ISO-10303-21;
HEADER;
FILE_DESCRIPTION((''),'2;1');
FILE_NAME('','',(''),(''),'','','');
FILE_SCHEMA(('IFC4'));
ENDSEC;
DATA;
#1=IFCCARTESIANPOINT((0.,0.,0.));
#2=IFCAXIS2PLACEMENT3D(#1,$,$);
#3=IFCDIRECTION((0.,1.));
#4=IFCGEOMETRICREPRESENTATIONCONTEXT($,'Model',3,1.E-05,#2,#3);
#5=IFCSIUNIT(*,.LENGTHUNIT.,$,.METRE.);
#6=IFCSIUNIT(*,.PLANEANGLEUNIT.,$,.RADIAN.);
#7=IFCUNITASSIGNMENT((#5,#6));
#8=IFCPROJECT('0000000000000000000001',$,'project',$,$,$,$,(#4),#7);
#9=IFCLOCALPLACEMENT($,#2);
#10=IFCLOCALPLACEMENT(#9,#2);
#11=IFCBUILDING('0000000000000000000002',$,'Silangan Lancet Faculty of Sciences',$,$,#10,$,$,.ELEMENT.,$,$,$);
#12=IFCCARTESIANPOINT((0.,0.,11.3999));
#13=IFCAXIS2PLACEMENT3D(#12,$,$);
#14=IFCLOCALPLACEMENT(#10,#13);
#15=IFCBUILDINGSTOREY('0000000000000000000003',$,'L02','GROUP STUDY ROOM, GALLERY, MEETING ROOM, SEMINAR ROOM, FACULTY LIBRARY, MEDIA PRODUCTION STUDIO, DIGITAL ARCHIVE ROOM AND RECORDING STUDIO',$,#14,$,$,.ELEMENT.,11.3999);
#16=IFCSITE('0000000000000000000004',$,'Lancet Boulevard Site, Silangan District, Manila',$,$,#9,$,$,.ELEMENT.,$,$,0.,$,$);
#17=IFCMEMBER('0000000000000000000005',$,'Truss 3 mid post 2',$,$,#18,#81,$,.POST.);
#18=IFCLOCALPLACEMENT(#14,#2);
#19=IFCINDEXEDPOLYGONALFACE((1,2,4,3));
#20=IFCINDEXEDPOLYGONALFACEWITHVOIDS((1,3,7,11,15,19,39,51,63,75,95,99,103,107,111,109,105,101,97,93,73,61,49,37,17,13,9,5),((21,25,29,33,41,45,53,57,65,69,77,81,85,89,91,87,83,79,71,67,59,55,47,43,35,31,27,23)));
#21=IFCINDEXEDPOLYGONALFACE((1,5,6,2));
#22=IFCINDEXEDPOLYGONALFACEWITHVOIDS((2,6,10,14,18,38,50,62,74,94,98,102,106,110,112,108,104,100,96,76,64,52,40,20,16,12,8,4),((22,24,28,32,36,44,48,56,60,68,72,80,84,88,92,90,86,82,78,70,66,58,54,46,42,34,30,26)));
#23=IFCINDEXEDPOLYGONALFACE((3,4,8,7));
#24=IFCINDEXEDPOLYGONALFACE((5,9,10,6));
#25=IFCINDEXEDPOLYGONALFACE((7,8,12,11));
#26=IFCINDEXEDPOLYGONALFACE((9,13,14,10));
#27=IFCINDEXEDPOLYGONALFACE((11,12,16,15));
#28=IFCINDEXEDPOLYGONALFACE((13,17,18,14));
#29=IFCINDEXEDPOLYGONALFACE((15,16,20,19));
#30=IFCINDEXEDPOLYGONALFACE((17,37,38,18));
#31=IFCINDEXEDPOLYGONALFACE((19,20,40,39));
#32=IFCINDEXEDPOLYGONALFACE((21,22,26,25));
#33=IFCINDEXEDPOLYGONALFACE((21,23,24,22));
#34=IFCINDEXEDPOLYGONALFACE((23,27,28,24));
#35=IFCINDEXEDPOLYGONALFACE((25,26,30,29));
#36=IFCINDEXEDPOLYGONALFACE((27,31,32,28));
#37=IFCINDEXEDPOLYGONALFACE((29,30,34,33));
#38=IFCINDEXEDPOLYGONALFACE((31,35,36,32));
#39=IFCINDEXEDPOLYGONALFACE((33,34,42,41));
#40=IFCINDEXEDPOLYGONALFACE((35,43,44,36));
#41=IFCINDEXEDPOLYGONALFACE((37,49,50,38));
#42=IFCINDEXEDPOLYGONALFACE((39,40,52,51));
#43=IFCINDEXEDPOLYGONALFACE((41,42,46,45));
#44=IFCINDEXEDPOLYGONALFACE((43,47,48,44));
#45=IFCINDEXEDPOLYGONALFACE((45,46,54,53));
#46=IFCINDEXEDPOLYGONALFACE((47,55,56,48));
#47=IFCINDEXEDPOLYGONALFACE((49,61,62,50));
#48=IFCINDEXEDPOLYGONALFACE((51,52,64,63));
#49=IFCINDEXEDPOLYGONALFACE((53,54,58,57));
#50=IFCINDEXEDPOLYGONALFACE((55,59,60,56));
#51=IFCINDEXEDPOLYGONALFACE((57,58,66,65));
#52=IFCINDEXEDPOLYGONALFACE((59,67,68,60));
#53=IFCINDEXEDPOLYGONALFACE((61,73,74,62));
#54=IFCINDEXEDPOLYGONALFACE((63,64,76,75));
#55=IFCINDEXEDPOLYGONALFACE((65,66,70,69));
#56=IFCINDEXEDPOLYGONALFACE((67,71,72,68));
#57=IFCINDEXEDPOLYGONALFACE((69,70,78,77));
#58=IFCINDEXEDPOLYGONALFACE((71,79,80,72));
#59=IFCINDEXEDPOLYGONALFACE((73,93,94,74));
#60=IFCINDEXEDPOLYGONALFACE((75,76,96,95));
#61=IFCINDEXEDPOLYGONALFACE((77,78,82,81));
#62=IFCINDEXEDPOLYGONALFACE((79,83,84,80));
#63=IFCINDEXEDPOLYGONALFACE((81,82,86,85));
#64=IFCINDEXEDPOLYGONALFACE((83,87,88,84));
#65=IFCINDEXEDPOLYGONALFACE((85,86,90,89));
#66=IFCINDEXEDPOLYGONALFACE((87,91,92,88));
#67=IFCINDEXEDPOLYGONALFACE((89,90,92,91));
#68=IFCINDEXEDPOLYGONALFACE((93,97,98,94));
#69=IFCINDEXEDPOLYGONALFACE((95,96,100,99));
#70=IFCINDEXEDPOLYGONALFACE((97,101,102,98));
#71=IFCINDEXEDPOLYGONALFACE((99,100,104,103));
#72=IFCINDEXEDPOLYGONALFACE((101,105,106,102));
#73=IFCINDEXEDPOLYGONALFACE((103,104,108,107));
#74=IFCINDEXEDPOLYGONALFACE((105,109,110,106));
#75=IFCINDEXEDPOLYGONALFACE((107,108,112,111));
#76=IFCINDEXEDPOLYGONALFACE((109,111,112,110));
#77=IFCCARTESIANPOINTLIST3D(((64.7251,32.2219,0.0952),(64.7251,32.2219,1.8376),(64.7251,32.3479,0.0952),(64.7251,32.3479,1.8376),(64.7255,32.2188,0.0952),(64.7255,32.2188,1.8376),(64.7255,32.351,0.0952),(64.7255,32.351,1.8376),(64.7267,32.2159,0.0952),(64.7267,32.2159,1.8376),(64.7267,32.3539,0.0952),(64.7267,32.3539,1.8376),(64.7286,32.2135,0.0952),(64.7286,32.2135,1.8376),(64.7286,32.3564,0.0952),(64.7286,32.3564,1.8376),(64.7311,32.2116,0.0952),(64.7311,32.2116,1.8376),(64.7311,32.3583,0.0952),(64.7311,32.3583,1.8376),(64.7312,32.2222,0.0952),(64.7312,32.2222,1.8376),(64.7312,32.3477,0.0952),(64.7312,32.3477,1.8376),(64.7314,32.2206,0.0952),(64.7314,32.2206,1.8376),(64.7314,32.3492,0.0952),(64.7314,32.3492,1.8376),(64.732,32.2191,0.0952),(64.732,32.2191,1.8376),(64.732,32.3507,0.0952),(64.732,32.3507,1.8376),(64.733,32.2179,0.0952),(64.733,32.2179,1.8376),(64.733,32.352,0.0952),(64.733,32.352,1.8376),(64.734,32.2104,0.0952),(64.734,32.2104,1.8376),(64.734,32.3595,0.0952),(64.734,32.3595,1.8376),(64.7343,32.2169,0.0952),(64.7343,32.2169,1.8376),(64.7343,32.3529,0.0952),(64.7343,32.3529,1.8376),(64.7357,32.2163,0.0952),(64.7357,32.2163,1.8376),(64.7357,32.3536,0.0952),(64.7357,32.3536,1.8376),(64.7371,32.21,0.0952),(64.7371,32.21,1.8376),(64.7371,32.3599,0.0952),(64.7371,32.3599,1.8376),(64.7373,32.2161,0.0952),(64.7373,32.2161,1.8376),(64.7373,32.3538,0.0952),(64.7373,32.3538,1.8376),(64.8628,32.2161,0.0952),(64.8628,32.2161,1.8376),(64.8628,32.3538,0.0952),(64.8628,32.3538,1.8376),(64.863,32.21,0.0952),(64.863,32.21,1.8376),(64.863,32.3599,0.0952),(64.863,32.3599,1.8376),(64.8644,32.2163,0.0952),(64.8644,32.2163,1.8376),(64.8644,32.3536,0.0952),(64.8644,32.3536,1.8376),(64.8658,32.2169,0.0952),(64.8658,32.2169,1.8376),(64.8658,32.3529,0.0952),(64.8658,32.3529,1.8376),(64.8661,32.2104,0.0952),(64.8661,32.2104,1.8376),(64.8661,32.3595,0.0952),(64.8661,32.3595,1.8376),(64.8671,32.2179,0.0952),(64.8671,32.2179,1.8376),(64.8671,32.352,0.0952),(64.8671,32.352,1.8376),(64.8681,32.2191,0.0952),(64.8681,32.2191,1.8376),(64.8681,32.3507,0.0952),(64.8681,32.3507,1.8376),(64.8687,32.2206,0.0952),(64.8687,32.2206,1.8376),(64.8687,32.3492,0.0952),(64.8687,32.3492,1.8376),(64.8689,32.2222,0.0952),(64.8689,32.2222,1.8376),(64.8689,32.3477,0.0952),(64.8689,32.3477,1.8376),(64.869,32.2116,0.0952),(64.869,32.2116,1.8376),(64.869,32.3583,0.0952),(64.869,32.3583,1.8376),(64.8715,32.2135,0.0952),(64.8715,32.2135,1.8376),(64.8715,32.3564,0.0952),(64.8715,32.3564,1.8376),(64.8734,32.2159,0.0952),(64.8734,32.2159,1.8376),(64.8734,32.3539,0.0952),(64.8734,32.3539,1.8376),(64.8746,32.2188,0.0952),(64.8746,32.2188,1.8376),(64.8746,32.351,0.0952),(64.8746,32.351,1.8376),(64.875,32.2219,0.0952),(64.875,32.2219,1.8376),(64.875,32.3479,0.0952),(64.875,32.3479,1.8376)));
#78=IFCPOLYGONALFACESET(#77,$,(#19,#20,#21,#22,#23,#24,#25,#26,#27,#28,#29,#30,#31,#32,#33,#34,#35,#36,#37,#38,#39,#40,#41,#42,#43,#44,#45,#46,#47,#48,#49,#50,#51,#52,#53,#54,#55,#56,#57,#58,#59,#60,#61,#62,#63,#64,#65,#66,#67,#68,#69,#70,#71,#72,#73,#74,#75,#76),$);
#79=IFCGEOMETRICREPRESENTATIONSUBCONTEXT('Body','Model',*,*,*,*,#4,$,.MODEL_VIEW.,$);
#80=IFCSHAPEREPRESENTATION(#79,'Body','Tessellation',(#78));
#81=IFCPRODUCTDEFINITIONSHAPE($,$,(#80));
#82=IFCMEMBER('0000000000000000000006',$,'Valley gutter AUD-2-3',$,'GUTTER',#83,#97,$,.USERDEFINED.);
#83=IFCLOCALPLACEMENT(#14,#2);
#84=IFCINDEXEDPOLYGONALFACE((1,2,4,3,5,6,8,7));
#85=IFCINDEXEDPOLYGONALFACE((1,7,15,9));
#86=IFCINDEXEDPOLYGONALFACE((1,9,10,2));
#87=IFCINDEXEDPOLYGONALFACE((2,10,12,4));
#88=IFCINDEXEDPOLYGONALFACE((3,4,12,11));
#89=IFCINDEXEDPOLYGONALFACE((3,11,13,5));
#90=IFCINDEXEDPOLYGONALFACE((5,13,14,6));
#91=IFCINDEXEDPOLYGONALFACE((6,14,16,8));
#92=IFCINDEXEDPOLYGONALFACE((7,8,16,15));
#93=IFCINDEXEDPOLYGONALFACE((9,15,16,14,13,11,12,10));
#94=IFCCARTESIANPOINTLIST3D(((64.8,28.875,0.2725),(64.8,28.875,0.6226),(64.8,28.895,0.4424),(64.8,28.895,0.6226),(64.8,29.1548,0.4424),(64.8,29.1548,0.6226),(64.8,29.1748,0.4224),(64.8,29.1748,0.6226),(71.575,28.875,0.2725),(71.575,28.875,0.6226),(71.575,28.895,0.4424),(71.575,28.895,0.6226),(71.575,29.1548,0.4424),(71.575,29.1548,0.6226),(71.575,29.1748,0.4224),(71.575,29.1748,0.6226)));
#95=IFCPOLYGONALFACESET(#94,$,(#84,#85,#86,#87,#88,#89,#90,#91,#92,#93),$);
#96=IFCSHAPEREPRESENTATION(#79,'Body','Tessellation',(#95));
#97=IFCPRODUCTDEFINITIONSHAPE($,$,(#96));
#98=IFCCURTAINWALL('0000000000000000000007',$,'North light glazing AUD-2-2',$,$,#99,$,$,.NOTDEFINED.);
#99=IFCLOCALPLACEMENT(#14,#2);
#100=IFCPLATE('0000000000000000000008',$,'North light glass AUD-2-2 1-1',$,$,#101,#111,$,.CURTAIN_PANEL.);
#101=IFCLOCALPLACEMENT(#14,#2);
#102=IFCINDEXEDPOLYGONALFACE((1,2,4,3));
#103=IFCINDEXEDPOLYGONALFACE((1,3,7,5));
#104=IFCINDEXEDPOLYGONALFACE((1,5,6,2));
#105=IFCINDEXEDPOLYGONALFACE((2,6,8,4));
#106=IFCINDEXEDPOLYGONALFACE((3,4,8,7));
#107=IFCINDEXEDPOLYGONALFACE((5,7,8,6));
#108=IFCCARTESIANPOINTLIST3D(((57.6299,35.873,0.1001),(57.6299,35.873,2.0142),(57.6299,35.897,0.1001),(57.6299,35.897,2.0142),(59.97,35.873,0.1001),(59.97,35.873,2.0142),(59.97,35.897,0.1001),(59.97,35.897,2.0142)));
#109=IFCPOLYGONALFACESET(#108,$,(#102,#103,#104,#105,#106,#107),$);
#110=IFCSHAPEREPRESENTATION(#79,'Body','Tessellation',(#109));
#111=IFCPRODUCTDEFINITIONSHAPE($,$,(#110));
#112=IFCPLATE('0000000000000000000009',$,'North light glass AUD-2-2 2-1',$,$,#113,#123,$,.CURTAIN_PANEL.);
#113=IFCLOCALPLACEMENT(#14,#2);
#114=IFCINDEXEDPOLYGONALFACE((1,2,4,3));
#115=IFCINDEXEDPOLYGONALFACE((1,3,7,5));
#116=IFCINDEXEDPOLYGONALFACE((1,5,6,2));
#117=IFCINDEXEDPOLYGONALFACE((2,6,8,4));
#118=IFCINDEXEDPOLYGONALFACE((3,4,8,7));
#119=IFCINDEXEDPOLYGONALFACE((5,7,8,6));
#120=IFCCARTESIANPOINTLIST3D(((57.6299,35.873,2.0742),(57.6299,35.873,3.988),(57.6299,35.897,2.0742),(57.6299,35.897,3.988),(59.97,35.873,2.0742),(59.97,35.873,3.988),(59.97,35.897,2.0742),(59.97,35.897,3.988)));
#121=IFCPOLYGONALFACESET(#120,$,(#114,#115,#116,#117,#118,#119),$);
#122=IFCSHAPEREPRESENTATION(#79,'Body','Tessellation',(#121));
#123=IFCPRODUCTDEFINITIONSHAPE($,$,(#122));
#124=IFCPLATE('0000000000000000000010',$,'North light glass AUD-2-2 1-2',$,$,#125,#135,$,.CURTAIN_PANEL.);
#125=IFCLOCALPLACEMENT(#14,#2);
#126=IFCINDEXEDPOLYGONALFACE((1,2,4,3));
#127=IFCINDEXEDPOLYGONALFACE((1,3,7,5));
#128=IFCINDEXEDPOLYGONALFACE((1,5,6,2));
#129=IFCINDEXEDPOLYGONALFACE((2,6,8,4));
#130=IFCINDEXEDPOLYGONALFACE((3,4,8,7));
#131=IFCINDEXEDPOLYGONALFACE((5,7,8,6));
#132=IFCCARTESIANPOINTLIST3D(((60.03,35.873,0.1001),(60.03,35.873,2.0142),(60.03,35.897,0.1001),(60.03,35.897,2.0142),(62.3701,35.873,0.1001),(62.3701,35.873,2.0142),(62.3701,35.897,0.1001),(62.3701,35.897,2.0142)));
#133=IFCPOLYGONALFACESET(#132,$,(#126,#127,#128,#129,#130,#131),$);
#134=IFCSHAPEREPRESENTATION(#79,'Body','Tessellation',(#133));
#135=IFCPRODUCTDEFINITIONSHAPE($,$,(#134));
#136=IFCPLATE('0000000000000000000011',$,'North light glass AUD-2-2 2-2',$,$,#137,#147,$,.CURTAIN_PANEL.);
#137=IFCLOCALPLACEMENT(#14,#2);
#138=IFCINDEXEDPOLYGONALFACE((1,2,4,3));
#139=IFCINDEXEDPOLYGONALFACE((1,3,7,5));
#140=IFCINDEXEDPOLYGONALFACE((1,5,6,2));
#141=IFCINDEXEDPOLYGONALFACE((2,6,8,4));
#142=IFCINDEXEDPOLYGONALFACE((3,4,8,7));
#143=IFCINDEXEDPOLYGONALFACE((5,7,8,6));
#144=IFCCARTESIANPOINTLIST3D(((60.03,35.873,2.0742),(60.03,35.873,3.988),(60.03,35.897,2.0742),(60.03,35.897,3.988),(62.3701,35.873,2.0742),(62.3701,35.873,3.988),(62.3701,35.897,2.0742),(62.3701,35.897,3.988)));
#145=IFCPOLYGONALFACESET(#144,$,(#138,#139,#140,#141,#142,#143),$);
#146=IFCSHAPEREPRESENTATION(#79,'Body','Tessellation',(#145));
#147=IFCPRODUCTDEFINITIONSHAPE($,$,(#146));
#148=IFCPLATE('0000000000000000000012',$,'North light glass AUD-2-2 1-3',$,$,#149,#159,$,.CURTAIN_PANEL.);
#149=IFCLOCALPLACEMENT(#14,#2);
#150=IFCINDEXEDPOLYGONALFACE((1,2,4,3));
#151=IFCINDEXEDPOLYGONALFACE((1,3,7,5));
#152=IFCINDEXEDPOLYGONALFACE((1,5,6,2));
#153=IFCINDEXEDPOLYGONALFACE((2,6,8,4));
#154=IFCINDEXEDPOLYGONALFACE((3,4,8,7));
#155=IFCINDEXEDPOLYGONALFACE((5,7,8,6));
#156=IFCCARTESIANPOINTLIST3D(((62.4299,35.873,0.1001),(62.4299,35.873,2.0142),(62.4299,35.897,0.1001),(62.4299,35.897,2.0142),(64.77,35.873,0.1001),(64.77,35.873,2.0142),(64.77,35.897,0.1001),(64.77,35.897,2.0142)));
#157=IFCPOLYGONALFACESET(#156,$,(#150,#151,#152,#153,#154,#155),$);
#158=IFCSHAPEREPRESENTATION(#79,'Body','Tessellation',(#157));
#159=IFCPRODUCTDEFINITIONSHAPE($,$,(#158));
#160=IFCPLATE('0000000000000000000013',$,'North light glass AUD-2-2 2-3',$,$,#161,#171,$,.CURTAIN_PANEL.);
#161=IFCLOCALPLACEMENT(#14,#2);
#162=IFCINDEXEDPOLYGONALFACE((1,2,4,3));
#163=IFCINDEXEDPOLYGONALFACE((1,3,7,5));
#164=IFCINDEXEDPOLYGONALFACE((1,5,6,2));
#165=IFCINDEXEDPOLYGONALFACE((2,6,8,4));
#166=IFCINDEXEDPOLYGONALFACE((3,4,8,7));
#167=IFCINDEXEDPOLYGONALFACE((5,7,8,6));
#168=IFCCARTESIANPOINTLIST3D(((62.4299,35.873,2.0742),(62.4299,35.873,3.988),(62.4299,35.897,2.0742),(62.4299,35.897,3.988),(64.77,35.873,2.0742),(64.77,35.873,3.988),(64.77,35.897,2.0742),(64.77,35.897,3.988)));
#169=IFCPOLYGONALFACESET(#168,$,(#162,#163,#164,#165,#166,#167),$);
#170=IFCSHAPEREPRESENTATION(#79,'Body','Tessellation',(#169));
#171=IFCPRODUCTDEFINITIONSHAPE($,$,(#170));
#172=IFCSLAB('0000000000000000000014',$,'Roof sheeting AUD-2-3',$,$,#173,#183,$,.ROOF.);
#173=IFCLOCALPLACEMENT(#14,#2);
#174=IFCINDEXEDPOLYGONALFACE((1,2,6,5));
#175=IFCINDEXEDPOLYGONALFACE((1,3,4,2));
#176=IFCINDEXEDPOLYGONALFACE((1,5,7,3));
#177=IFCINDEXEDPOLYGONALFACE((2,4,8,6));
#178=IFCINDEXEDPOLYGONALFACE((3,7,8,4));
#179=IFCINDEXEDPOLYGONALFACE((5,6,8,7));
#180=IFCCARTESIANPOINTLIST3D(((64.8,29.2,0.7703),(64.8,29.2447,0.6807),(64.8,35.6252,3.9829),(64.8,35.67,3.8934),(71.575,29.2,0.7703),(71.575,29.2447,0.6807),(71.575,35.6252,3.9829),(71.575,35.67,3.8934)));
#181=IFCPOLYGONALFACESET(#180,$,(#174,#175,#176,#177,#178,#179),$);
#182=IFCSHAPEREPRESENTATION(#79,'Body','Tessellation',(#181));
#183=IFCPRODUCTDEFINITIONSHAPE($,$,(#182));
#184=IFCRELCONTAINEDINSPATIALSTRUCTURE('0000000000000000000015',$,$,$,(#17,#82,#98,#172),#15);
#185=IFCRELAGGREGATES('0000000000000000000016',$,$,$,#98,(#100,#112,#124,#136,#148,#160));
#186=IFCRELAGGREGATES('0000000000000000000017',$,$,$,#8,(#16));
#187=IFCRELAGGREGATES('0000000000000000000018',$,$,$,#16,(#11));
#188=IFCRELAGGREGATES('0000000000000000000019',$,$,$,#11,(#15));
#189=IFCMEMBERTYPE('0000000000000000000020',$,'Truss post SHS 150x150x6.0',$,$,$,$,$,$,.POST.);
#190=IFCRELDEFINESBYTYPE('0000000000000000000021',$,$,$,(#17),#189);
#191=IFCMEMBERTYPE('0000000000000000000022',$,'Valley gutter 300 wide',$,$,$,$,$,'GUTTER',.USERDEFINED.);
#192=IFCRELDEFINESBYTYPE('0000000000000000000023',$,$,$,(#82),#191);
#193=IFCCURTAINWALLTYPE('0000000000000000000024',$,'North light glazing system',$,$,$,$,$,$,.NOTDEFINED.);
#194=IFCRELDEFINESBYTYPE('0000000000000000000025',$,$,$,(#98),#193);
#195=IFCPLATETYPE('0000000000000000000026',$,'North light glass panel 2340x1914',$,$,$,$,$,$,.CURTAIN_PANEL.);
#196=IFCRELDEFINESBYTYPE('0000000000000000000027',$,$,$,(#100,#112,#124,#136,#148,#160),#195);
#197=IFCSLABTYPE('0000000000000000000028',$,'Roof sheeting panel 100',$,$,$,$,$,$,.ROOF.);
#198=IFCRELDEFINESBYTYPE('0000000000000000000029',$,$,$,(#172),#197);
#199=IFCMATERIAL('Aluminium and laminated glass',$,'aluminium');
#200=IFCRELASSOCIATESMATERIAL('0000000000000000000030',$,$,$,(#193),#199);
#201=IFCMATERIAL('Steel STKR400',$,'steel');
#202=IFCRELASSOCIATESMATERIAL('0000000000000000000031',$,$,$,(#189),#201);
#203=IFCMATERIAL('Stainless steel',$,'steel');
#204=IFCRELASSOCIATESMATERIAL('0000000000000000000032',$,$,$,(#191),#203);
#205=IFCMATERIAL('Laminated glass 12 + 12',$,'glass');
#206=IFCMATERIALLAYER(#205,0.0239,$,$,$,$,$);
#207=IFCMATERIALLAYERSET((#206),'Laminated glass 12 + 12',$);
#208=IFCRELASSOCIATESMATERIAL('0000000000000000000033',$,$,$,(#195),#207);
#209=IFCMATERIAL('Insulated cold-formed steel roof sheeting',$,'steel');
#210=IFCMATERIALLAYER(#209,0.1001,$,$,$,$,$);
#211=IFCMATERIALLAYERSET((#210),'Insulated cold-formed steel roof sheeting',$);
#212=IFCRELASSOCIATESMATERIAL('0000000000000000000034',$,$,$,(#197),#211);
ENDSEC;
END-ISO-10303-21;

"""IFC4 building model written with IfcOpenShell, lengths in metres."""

from ifc_helpers import new_model, si_unit, direction, frame, origin, origin_2d, place, context, subcontext, project, spatial, polyline, hollow_rectangle, outline, extrude, material, layer, layer_set, material_profile, profile_set, type_object, element, aggregate, save


model = new_model("IFC4")

# Units and contexts
model_context = context("Model", 3, precision=1e-05, world=origin(), true_north=direction((0.0, 1.0)))
body_context = subcontext(model_context, "Body", "Model", "MODEL_VIEW")
ifc_project = project(units=[si_unit("LENGTHUNIT", "METRE"), si_unit("PLANEANGLEUNIT", "RADIAN")], contexts=[model_context])

# Site, building, storey
site_placement = place(None, origin())
site = spatial("IfcSite", under=ifc_project, at=site_placement, Name="Lancet Boulevard Site, Silangan District, Manila", CompositionType="ELEMENT", RefElevation=0.0)
building_placement = place(site_placement, origin())
building = spatial("IfcBuilding", under=site, at=building_placement, Name="Silangan Lancet Faculty of Sciences", CompositionType="ELEMENT")
storey_placement = place(building_placement, frame((0.0, 0.0, 11.3999)))
storey = spatial("IfcBuildingStorey", under=building, at=storey_placement, Name="L02", Description="GROUP STUDY ROOM, GALLERY, MEETING ROOM, SEMINAR ROOM, FACULTY LIBRARY, MEDIA PRODUCTION STUDIO, DIGITAL ARCHIVE ROOM AND RECORDING STUDIO", CompositionType="ELEMENT", Elevation=11.3999)

# Shared definitions
ifc_material_1 = material(Name="Aluminium and laminated glass", Category="aluminium")
curtain_wall_type = type_object("IfcCurtainWallType", Name="North light glazing system", PredefinedType="NOTDEFINED", material=ifc_material_1)

# Members
ifc_material_2 = material(Name="Steel STKR400", Category="steel")
ifc_material_profile_1 = material_profile(ifc_material_2, hollow_rectangle(XDim=0.1499, YDim=0.1499, WallThickness=0.0061, InnerFilletRadius=0.0061, OuterFilletRadius=0.012, at=origin_2d()), Name="SHS 150x150x6.0")
ifc_profile_set_1 = profile_set([ifc_material_profile_1], Name="Steel STKR400")
member_type_1 = type_object("IfcMemberType", Name="Truss post SHS 150x150x6.0", PredefinedType="POST", material=ifc_profile_set_1)
member_1_placement = place(storey_placement, frame((64.8, 32.2849, 0.0952), z_axis=(0.0, 0.0, 1.0), x_axis=(1.0, 0.0, 0.0)))
element("IfcMember", 1, at=member_1_placement, inside=storey, type_object=member_type_1, Name="Truss 3 mid post 2", PredefinedType="POST", context=body_context, shape_type="SweptSolid", body=[
    extrude(hollow_rectangle(XDim=0.1499, YDim=0.1499, WallThickness=0.0061, InnerFilletRadius=0.0061, OuterFilletRadius=0.012, at=origin_2d()), origin(), (0.0, 0.0, 1.0), 1.7424),
])
ifc_material_3 = material(Name="Stainless steel", Category="steel")
ifc_material_profile_2 = material_profile(ifc_material_3, outline(polyline([(-0.1499, 0.0), (0.1499, 0.1499), (0.1499, 0.3501), (0.1299, 0.3501), (0.1299, 0.1699), (-0.1299, 0.1699), (-0.1299, 0.3501), (-0.1499, 0.3501), (-0.1499, 0.0)])), Name="valley gutter")
ifc_profile_set_2 = profile_set([ifc_material_profile_2], Name="Stainless steel")
member_type_2 = type_object("IfcMemberType", Name="Valley gutter 300 wide", ElementType="GUTTER", PredefinedType="USERDEFINED", material=ifc_profile_set_2)
member_2_placement = place(storey_placement, frame((64.8, 29.0249, 0.2725), z_axis=(1.0, 0.0, 0.0), x_axis=(0.0, 1.0, 0.0)))
element("IfcMember", 2, at=member_2_placement, inside=storey, type_object=member_type_2, Name="Valley gutter AUD-2-3", ObjectType="GUTTER", PredefinedType="USERDEFINED", context=body_context, shape_type="SweptSolid", body=[
    extrude(outline(polyline([(-0.1499, 0.0), (0.1499, 0.1499), (0.1499, 0.3501), (0.1299, 0.3501), (0.1299, 0.1699), (-0.1299, 0.1699), (-0.1299, 0.3501), (-0.1499, 0.3501), (-0.1499, 0.0)])), origin(), (0.0, 0.0, 1.0), 6.7749),
])

# Curtain wall, plates
curtain_wall_1_placement = place(storey_placement, origin())
curtain_wall_1 = element("IfcCurtainWall", 3, at=curtain_wall_1_placement, inside=storey, type_object=curtain_wall_type, Name="North light glazing AUD-2-2", PredefinedType="NOTDEFINED")
ifc_material_4 = material(Name="Laminated glass 12 + 12", Category="glass")
ifc_layer_1 = layer(ifc_material_4, 0.0239)
ifc_layer_set_1 = layer_set([ifc_layer_1], Name="Laminated glass 12 + 12")
plate_type = type_object("IfcPlateType", Name="North light glass panel 2340x1914", PredefinedType="CURTAIN_PANEL", material=ifc_layer_set_1)
plate_1_placement = place(storey_placement, frame((57.6299, 35.873, 0.1001), z_axis=(0.0, -1.0, 0.0), x_axis=(1.0, 0.0, 0.0)))
plate_1 = element("IfcPlate", 4, at=plate_1_placement, type_object=plate_type, Name="North light glass AUD-2-2 1-1", PredefinedType="CURTAIN_PANEL", context=body_context, shape_type="SweptSolid", body=[
    extrude(outline(polyline([(0.0, 0.0), (2.3401, 0.0), (2.3401, 1.9141), (0.0, 1.9141), (0.0, 0.0)])), origin(), (0.0, 0.0, -1.0), 0.0239),
])
plate_2_placement = place(storey_placement, frame((57.6299, 35.873, 2.0742), z_axis=(0.0, -1.0, 0.0), x_axis=(1.0, 0.0, 0.0)))
plate_2 = element("IfcPlate", 5, at=plate_2_placement, type_object=plate_type, Name="North light glass AUD-2-2 2-1", PredefinedType="CURTAIN_PANEL", context=body_context, shape_type="SweptSolid", body=[
    extrude(outline(polyline([(0.0, 0.0), (2.3401, 0.0), (2.3401, 1.9138), (0.0, 1.9138), (0.0, 0.0)])), origin(), (0.0, 0.0, -1.0), 0.0239),
])
plate_3_placement = place(storey_placement, frame((60.03, 35.873, 0.1001), z_axis=(0.0, -1.0, 0.0), x_axis=(1.0, 0.0, 0.0)))
plate_3 = element("IfcPlate", 6, at=plate_3_placement, type_object=plate_type, Name="North light glass AUD-2-2 1-2", PredefinedType="CURTAIN_PANEL", context=body_context, shape_type="SweptSolid", body=[
    extrude(outline(polyline([(0.0, 0.0), (2.3401, 0.0), (2.3401, 1.9141), (0.0, 1.9141), (0.0, 0.0)])), origin(), (0.0, 0.0, -1.0), 0.0239),
])
plate_4_placement = place(storey_placement, frame((60.03, 35.873, 2.0742), z_axis=(0.0, -1.0, 0.0), x_axis=(1.0, 0.0, 0.0)))
plate_4 = element("IfcPlate", 7, at=plate_4_placement, type_object=plate_type, Name="North light glass AUD-2-2 2-2", PredefinedType="CURTAIN_PANEL", context=body_context, shape_type="SweptSolid", body=[
    extrude(outline(polyline([(0.0, 0.0), (2.3401, 0.0), (2.3401, 1.9138), (0.0, 1.9138), (0.0, 0.0)])), origin(), (0.0, 0.0, -1.0), 0.0239),
])
plate_5_placement = place(storey_placement, frame((62.4299, 35.873, 0.1001), z_axis=(0.0, -1.0, 0.0), x_axis=(1.0, 0.0, 0.0)))
plate_5 = element("IfcPlate", 8, at=plate_5_placement, type_object=plate_type, Name="North light glass AUD-2-2 1-3", PredefinedType="CURTAIN_PANEL", context=body_context, shape_type="SweptSolid", body=[
    extrude(outline(polyline([(0.0, 0.0), (2.3401, 0.0), (2.3401, 1.9141), (0.0, 1.9141), (0.0, 0.0)])), origin(), (0.0, 0.0, -1.0), 0.0239),
])
plate_6_placement = place(storey_placement, frame((62.4299, 35.873, 2.0742), z_axis=(0.0, -1.0, 0.0), x_axis=(1.0, 0.0, 0.0)))
plate_6 = element("IfcPlate", 9, at=plate_6_placement, type_object=plate_type, Name="North light glass AUD-2-2 2-3", PredefinedType="CURTAIN_PANEL", context=body_context, shape_type="SweptSolid", body=[
    extrude(outline(polyline([(0.0, 0.0), (2.3401, 0.0), (2.3401, 1.9138), (0.0, 1.9138), (0.0, 0.0)])), origin(), (0.0, 0.0, -1.0), 0.0239),
])
aggregate(curtain_wall_1, [plate_1, plate_2, plate_3, plate_4, plate_5, plate_6])

# Slab
ifc_material_5 = material(Name="Insulated cold-formed steel roof sheeting", Category="steel")
ifc_layer_2 = layer(ifc_material_5, 0.1001)
ifc_layer_set_2 = layer_set([ifc_layer_2], Name="Insulated cold-formed steel roof sheeting")
slab_type = type_object("IfcSlabType", Name="Roof sheeting panel 100", PredefinedType="ROOF", material=ifc_layer_set_2)
slab_placement = place(storey_placement, frame((64.8, 29.2, 0.7703), z_axis=(0.0, -0.447214, 0.894427), x_axis=(1.0, 0.0, 0.0)))
element("IfcSlab", 10, at=slab_placement, inside=storey, type_object=slab_type, Name="Roof sheeting AUD-2-3", PredefinedType="ROOF", context=body_context, shape_type="SweptSolid", body=[
    extrude(outline(polyline([(0.0, 0.0), (6.7749, 0.0), (6.7749, 7.1837), (0.0, 7.1837), (0.0, 0.0)])), origin(), (0.0, 0.0, -1.0), 0.1001),
])

save(model, "model.ifc")
